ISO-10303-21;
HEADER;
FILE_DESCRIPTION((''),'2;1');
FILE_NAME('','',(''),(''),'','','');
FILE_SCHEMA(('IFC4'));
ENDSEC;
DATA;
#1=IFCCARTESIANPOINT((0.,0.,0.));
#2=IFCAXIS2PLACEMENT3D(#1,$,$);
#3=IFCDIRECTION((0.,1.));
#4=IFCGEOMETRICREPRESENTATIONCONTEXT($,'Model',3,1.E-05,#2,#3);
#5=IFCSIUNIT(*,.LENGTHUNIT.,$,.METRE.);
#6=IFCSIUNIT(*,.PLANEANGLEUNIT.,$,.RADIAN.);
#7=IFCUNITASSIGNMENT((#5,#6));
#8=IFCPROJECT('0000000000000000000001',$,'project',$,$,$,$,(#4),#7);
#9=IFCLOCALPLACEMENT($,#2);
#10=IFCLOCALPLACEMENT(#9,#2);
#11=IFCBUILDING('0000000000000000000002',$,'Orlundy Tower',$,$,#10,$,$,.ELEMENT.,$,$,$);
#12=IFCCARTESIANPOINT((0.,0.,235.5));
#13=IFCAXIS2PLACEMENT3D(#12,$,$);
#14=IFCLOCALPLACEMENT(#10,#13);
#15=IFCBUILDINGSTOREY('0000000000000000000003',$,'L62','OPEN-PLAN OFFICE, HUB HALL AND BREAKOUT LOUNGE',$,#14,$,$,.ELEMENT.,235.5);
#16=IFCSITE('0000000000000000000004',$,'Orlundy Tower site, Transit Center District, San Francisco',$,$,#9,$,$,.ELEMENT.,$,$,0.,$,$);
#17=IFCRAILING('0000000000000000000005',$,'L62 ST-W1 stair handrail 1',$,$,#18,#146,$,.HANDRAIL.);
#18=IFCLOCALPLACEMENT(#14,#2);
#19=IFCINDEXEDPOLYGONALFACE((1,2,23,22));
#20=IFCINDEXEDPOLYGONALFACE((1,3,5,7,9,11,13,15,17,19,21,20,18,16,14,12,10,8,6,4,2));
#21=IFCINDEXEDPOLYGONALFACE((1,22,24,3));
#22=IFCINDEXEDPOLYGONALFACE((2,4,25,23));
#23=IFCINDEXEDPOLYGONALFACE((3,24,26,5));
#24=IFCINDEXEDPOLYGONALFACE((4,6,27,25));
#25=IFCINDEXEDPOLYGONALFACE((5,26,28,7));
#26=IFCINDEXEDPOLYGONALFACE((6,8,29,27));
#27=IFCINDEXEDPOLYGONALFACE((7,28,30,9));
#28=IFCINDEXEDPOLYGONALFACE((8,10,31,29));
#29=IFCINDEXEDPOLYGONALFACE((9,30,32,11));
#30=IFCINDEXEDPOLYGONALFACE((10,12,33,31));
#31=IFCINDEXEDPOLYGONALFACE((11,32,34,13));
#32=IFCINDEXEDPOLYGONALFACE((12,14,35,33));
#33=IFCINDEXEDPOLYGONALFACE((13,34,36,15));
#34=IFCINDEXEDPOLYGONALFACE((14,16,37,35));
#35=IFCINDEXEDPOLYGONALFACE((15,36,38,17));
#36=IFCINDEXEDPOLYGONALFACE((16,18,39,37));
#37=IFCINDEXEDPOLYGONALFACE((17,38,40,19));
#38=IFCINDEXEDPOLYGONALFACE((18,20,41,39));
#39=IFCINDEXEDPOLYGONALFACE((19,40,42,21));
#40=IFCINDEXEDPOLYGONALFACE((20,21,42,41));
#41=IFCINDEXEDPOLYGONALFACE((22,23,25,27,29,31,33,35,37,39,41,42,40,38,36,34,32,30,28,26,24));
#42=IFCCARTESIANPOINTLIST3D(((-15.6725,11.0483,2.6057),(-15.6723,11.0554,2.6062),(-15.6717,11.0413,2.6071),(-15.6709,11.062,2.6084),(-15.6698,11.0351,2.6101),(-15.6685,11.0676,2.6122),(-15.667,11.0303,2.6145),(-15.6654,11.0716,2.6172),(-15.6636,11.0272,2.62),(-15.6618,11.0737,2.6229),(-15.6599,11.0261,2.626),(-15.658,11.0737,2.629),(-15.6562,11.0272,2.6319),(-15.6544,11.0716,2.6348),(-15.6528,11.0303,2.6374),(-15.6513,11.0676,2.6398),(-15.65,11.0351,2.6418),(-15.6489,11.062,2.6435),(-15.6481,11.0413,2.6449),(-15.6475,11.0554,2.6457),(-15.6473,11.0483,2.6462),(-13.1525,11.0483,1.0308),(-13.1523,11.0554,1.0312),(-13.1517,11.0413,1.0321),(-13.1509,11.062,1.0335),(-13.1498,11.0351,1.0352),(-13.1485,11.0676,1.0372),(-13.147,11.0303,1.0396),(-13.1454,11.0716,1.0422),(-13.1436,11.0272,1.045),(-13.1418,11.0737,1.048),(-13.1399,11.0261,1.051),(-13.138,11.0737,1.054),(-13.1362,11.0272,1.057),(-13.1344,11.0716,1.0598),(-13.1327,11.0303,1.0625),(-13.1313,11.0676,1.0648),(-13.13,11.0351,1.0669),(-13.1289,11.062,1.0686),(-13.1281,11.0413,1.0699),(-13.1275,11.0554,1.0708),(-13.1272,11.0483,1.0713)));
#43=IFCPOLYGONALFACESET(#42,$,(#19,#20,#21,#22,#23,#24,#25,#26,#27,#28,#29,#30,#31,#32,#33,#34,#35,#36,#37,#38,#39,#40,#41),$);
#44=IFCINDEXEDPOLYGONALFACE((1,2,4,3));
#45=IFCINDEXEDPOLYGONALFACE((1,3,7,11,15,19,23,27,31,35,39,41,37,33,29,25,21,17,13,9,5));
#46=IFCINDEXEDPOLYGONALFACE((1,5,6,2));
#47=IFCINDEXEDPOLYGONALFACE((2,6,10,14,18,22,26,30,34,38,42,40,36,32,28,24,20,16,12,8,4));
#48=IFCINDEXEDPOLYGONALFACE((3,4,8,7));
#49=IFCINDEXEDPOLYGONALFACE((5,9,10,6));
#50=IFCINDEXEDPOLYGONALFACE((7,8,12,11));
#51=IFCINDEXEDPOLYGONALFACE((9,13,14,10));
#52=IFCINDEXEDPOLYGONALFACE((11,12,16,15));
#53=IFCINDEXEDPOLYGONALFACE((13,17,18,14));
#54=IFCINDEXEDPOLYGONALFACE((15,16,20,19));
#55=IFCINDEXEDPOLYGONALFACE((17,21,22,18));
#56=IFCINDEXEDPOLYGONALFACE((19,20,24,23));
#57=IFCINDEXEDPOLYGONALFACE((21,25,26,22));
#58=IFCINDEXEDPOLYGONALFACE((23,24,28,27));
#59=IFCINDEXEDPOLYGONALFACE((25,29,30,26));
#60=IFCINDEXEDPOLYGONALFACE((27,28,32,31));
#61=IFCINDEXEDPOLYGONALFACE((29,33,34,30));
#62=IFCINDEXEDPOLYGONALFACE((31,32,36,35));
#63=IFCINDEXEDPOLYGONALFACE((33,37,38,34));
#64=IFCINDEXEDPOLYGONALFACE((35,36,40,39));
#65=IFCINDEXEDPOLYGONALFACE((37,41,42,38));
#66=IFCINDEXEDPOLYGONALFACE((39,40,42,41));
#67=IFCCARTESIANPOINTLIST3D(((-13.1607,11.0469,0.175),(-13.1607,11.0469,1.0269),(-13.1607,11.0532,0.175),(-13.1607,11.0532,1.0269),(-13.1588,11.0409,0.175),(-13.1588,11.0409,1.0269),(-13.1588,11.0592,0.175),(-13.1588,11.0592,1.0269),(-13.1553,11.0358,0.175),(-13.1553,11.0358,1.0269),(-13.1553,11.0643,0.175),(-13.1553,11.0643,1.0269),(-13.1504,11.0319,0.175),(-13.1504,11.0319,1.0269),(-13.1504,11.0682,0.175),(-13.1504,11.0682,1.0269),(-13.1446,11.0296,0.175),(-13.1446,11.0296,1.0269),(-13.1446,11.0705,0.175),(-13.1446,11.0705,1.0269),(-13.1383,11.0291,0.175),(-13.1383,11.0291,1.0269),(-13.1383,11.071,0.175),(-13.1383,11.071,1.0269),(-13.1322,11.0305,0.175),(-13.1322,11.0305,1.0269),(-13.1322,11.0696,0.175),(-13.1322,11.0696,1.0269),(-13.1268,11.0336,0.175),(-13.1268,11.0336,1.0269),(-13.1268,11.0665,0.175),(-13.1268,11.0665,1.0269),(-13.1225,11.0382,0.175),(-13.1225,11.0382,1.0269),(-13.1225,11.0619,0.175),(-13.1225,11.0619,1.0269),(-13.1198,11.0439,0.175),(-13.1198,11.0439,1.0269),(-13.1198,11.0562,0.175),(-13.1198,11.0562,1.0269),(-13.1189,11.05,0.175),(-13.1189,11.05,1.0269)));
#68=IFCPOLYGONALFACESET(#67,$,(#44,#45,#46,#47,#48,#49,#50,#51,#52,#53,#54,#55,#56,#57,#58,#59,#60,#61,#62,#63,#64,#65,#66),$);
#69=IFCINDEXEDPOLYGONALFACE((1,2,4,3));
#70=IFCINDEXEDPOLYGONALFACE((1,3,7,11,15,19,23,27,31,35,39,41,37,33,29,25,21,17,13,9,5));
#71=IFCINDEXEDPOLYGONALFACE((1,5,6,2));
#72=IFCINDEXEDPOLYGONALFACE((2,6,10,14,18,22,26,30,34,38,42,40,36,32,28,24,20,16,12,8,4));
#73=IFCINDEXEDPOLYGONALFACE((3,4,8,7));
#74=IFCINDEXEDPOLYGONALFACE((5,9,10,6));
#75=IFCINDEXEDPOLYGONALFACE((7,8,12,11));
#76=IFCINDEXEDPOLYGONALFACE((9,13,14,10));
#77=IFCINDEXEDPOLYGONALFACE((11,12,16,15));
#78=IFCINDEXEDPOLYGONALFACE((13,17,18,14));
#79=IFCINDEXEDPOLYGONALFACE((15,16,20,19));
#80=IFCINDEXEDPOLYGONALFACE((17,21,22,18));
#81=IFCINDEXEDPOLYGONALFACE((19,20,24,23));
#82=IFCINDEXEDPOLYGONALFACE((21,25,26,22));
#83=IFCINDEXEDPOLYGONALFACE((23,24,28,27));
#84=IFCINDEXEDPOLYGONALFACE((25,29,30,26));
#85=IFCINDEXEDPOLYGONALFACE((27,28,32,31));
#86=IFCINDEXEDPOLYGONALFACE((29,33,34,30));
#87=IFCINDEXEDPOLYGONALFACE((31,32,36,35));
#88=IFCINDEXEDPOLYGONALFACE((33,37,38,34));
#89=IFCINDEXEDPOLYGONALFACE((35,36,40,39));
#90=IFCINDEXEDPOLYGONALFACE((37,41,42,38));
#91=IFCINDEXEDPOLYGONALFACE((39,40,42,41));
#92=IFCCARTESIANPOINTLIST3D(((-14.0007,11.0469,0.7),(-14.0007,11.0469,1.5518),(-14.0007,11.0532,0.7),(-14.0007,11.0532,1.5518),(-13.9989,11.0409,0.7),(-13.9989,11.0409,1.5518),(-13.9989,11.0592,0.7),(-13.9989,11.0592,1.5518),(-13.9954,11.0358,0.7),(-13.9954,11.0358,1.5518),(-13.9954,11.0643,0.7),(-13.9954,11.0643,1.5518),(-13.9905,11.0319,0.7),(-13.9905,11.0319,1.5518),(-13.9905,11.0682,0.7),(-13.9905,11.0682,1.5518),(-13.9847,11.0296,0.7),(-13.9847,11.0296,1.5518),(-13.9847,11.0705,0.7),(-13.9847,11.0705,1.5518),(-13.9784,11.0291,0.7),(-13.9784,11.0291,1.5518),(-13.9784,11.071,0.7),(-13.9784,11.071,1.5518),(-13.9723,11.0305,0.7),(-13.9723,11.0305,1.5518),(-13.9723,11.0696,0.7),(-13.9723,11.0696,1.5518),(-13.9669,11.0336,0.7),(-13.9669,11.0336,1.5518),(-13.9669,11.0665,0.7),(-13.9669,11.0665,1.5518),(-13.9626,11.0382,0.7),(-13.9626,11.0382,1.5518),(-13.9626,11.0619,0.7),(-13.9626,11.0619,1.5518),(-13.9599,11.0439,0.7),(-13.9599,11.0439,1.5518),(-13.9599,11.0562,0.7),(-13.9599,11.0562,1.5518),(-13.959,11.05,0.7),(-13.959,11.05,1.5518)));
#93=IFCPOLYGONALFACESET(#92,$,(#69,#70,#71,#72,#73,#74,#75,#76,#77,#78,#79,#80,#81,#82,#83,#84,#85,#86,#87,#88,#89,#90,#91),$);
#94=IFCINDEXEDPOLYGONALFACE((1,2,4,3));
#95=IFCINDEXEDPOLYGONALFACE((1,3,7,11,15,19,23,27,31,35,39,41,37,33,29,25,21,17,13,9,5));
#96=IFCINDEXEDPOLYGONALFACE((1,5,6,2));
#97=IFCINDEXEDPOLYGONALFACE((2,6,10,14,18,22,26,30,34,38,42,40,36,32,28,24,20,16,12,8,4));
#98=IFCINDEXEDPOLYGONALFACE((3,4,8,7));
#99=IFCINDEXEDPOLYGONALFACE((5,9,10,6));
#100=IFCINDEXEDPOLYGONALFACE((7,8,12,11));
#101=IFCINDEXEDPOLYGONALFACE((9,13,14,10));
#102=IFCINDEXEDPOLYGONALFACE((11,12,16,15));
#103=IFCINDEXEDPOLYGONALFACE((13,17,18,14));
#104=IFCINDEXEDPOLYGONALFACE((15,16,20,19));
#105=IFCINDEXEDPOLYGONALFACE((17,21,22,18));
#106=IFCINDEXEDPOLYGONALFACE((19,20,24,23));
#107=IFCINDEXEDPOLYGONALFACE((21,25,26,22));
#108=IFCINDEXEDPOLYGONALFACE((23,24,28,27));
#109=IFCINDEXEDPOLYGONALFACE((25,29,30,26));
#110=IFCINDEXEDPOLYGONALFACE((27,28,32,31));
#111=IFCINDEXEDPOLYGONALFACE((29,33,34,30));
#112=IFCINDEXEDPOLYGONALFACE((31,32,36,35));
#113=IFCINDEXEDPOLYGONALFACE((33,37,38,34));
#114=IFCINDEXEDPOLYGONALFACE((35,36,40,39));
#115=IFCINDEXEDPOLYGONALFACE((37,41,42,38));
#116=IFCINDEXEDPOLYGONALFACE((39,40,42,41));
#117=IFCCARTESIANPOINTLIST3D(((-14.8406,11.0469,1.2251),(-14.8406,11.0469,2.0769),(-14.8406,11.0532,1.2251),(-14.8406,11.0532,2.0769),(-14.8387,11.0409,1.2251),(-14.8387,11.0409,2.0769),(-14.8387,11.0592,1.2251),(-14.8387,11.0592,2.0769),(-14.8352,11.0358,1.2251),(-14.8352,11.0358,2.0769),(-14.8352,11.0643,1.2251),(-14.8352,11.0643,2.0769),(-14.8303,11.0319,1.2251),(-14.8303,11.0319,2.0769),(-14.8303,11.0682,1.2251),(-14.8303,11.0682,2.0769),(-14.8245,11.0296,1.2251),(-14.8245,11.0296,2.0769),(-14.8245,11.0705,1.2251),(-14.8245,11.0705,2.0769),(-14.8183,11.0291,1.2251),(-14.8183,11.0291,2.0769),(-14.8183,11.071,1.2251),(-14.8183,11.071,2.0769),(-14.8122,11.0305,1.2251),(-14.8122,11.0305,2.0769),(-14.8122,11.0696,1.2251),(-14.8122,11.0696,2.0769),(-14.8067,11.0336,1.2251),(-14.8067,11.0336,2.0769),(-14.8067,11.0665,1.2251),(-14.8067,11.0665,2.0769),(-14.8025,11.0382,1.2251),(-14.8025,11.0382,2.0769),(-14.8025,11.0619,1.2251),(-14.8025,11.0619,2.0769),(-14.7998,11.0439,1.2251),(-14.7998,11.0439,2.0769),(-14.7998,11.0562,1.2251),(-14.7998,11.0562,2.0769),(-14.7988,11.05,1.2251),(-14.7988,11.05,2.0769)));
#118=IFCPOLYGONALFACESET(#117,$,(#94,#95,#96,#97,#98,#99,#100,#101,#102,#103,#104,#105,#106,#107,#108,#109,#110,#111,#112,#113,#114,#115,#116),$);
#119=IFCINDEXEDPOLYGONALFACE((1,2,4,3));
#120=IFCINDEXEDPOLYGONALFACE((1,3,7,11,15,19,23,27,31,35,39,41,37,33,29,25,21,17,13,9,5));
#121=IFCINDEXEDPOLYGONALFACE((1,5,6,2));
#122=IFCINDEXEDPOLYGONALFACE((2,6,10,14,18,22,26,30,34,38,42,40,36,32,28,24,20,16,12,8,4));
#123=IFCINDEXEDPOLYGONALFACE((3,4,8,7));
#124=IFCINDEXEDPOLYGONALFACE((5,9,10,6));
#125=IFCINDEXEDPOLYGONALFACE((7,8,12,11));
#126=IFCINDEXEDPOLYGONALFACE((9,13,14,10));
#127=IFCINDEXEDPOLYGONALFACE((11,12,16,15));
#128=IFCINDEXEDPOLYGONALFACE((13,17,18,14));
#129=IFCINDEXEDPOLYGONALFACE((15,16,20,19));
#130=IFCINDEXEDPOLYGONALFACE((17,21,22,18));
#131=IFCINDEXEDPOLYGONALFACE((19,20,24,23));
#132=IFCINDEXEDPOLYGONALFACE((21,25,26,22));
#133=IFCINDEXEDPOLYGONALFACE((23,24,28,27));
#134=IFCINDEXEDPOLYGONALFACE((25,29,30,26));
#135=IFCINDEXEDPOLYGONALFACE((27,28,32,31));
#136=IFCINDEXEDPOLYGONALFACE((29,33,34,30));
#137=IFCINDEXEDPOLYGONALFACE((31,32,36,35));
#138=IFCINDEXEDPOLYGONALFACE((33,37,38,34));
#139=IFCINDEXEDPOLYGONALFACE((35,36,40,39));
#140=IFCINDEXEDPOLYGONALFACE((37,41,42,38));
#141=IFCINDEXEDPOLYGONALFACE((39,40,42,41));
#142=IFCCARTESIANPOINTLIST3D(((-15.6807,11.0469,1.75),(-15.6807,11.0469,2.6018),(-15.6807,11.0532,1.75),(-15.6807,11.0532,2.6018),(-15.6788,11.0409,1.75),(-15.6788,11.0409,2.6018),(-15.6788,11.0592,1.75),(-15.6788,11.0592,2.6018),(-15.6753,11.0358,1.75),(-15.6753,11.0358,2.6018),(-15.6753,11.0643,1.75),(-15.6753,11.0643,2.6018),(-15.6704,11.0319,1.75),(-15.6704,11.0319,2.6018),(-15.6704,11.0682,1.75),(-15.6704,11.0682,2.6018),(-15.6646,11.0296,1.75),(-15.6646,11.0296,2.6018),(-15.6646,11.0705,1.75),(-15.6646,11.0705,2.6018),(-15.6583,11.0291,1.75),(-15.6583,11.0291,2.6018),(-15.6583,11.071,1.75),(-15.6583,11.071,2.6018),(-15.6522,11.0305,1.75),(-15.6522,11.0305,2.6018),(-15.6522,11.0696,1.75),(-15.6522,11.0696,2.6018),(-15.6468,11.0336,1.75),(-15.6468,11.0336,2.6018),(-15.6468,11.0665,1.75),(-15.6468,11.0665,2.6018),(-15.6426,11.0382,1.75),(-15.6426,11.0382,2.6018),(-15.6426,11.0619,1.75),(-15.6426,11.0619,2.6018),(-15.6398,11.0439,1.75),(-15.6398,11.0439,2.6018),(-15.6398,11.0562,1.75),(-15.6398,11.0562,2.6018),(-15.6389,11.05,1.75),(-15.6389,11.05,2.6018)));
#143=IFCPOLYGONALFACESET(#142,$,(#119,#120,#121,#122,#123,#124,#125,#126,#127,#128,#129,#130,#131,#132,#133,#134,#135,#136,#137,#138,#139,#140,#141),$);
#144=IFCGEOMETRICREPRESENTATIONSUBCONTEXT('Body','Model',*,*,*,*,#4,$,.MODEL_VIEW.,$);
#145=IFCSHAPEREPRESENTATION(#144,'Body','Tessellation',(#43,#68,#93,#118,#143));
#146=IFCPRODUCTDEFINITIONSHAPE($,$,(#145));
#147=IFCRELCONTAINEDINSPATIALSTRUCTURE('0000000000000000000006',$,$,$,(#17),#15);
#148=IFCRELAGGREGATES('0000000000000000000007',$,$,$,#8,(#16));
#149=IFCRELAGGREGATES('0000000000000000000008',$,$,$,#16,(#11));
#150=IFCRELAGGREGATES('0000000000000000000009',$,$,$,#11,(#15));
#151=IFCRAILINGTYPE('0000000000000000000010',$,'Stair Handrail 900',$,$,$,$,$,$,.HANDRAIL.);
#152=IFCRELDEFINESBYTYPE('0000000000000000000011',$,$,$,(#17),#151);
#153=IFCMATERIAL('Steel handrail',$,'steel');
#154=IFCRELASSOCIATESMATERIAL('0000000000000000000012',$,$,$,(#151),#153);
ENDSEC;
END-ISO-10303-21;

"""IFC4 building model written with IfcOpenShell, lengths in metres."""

from ifc_helpers import new_model, si_unit, direction, frame, origin, origin_2d, place, context, subcontext, project, spatial, circle, extrude, material, type_object, element, save


model = new_model("IFC4")

# Units and contexts
model_context = context("Model", 3, precision=1e-05, world=origin(), true_north=direction((0.0, 1.0)))
body_context = subcontext(model_context, "Body", "Model", "MODEL_VIEW")
ifc_project = project(units=[si_unit("LENGTHUNIT", "METRE"), si_unit("PLANEANGLEUNIT", "RADIAN")], contexts=[model_context])

# Site, building, storey
site_placement = place(None, origin())
site = spatial("IfcSite", under=ifc_project, at=site_placement, Name="Orlundy Tower site, Transit Center District, San Francisco", CompositionType="ELEMENT", RefElevation=0.0)
building_placement = place(site_placement, origin())
building = spatial("IfcBuilding", under=site, at=building_placement, Name="Orlundy Tower", CompositionType="ELEMENT")
storey_placement = place(building_placement, frame((0.0, 0.0, 235.5)))
storey = spatial("IfcBuildingStorey", under=building, at=storey_placement, Name="L62", Description="OPEN-PLAN OFFICE, HUB HALL AND BREAKOUT LOUNGE", CompositionType="ELEMENT", Elevation=235.5)

# Railing
ifc_material_1 = material(Name="Steel handrail", Category="steel")
railing_type = type_object("IfcRailingType", Name="Stair Handrail 900", PredefinedType="HANDRAIL", material=ifc_material_1)
railing_placement = place(storey_placement, frame((-13.1399, 11.05, 0.175)))
element("IfcRailing", 1, at=railing_placement, inside=storey, type_object=railing_type, Name="L62 ST-W1 stair handrail 1", PredefinedType="HANDRAIL", context=body_context, shape_type="SweptSolid", body=[
    extrude(circle(Radius=0.0239, at=origin_2d()), frame((0.0, 0.0, 0.876), z_axis=(-0.848008, 0.0, 0.529984), x_axis=(0.0, -1.0, 0.0)), (0.0, 0.0, 1.0), 2.9717),
    extrude(circle(Radius=0.021, at=origin_2d()), origin(), (0.0, 0.0, 1.0), 0.8518),
    extrude(circle(Radius=0.021, at=origin_2d()), frame((-0.8401, 0.0, 0.5249)), (0.0, 0.0, 1.0), 0.8518),
    extrude(circle(Radius=0.021, at=origin_2d()), frame((-1.6799, 0.0, 1.05)), (0.0, 0.0, 1.0), 0.8518),
    extrude(circle(Radius=0.021, at=origin_2d()), frame((-2.52, 0.0, 1.575)), (0.0, 0.0, 1.0), 0.8518),
])

save(model, "model.ifc")
